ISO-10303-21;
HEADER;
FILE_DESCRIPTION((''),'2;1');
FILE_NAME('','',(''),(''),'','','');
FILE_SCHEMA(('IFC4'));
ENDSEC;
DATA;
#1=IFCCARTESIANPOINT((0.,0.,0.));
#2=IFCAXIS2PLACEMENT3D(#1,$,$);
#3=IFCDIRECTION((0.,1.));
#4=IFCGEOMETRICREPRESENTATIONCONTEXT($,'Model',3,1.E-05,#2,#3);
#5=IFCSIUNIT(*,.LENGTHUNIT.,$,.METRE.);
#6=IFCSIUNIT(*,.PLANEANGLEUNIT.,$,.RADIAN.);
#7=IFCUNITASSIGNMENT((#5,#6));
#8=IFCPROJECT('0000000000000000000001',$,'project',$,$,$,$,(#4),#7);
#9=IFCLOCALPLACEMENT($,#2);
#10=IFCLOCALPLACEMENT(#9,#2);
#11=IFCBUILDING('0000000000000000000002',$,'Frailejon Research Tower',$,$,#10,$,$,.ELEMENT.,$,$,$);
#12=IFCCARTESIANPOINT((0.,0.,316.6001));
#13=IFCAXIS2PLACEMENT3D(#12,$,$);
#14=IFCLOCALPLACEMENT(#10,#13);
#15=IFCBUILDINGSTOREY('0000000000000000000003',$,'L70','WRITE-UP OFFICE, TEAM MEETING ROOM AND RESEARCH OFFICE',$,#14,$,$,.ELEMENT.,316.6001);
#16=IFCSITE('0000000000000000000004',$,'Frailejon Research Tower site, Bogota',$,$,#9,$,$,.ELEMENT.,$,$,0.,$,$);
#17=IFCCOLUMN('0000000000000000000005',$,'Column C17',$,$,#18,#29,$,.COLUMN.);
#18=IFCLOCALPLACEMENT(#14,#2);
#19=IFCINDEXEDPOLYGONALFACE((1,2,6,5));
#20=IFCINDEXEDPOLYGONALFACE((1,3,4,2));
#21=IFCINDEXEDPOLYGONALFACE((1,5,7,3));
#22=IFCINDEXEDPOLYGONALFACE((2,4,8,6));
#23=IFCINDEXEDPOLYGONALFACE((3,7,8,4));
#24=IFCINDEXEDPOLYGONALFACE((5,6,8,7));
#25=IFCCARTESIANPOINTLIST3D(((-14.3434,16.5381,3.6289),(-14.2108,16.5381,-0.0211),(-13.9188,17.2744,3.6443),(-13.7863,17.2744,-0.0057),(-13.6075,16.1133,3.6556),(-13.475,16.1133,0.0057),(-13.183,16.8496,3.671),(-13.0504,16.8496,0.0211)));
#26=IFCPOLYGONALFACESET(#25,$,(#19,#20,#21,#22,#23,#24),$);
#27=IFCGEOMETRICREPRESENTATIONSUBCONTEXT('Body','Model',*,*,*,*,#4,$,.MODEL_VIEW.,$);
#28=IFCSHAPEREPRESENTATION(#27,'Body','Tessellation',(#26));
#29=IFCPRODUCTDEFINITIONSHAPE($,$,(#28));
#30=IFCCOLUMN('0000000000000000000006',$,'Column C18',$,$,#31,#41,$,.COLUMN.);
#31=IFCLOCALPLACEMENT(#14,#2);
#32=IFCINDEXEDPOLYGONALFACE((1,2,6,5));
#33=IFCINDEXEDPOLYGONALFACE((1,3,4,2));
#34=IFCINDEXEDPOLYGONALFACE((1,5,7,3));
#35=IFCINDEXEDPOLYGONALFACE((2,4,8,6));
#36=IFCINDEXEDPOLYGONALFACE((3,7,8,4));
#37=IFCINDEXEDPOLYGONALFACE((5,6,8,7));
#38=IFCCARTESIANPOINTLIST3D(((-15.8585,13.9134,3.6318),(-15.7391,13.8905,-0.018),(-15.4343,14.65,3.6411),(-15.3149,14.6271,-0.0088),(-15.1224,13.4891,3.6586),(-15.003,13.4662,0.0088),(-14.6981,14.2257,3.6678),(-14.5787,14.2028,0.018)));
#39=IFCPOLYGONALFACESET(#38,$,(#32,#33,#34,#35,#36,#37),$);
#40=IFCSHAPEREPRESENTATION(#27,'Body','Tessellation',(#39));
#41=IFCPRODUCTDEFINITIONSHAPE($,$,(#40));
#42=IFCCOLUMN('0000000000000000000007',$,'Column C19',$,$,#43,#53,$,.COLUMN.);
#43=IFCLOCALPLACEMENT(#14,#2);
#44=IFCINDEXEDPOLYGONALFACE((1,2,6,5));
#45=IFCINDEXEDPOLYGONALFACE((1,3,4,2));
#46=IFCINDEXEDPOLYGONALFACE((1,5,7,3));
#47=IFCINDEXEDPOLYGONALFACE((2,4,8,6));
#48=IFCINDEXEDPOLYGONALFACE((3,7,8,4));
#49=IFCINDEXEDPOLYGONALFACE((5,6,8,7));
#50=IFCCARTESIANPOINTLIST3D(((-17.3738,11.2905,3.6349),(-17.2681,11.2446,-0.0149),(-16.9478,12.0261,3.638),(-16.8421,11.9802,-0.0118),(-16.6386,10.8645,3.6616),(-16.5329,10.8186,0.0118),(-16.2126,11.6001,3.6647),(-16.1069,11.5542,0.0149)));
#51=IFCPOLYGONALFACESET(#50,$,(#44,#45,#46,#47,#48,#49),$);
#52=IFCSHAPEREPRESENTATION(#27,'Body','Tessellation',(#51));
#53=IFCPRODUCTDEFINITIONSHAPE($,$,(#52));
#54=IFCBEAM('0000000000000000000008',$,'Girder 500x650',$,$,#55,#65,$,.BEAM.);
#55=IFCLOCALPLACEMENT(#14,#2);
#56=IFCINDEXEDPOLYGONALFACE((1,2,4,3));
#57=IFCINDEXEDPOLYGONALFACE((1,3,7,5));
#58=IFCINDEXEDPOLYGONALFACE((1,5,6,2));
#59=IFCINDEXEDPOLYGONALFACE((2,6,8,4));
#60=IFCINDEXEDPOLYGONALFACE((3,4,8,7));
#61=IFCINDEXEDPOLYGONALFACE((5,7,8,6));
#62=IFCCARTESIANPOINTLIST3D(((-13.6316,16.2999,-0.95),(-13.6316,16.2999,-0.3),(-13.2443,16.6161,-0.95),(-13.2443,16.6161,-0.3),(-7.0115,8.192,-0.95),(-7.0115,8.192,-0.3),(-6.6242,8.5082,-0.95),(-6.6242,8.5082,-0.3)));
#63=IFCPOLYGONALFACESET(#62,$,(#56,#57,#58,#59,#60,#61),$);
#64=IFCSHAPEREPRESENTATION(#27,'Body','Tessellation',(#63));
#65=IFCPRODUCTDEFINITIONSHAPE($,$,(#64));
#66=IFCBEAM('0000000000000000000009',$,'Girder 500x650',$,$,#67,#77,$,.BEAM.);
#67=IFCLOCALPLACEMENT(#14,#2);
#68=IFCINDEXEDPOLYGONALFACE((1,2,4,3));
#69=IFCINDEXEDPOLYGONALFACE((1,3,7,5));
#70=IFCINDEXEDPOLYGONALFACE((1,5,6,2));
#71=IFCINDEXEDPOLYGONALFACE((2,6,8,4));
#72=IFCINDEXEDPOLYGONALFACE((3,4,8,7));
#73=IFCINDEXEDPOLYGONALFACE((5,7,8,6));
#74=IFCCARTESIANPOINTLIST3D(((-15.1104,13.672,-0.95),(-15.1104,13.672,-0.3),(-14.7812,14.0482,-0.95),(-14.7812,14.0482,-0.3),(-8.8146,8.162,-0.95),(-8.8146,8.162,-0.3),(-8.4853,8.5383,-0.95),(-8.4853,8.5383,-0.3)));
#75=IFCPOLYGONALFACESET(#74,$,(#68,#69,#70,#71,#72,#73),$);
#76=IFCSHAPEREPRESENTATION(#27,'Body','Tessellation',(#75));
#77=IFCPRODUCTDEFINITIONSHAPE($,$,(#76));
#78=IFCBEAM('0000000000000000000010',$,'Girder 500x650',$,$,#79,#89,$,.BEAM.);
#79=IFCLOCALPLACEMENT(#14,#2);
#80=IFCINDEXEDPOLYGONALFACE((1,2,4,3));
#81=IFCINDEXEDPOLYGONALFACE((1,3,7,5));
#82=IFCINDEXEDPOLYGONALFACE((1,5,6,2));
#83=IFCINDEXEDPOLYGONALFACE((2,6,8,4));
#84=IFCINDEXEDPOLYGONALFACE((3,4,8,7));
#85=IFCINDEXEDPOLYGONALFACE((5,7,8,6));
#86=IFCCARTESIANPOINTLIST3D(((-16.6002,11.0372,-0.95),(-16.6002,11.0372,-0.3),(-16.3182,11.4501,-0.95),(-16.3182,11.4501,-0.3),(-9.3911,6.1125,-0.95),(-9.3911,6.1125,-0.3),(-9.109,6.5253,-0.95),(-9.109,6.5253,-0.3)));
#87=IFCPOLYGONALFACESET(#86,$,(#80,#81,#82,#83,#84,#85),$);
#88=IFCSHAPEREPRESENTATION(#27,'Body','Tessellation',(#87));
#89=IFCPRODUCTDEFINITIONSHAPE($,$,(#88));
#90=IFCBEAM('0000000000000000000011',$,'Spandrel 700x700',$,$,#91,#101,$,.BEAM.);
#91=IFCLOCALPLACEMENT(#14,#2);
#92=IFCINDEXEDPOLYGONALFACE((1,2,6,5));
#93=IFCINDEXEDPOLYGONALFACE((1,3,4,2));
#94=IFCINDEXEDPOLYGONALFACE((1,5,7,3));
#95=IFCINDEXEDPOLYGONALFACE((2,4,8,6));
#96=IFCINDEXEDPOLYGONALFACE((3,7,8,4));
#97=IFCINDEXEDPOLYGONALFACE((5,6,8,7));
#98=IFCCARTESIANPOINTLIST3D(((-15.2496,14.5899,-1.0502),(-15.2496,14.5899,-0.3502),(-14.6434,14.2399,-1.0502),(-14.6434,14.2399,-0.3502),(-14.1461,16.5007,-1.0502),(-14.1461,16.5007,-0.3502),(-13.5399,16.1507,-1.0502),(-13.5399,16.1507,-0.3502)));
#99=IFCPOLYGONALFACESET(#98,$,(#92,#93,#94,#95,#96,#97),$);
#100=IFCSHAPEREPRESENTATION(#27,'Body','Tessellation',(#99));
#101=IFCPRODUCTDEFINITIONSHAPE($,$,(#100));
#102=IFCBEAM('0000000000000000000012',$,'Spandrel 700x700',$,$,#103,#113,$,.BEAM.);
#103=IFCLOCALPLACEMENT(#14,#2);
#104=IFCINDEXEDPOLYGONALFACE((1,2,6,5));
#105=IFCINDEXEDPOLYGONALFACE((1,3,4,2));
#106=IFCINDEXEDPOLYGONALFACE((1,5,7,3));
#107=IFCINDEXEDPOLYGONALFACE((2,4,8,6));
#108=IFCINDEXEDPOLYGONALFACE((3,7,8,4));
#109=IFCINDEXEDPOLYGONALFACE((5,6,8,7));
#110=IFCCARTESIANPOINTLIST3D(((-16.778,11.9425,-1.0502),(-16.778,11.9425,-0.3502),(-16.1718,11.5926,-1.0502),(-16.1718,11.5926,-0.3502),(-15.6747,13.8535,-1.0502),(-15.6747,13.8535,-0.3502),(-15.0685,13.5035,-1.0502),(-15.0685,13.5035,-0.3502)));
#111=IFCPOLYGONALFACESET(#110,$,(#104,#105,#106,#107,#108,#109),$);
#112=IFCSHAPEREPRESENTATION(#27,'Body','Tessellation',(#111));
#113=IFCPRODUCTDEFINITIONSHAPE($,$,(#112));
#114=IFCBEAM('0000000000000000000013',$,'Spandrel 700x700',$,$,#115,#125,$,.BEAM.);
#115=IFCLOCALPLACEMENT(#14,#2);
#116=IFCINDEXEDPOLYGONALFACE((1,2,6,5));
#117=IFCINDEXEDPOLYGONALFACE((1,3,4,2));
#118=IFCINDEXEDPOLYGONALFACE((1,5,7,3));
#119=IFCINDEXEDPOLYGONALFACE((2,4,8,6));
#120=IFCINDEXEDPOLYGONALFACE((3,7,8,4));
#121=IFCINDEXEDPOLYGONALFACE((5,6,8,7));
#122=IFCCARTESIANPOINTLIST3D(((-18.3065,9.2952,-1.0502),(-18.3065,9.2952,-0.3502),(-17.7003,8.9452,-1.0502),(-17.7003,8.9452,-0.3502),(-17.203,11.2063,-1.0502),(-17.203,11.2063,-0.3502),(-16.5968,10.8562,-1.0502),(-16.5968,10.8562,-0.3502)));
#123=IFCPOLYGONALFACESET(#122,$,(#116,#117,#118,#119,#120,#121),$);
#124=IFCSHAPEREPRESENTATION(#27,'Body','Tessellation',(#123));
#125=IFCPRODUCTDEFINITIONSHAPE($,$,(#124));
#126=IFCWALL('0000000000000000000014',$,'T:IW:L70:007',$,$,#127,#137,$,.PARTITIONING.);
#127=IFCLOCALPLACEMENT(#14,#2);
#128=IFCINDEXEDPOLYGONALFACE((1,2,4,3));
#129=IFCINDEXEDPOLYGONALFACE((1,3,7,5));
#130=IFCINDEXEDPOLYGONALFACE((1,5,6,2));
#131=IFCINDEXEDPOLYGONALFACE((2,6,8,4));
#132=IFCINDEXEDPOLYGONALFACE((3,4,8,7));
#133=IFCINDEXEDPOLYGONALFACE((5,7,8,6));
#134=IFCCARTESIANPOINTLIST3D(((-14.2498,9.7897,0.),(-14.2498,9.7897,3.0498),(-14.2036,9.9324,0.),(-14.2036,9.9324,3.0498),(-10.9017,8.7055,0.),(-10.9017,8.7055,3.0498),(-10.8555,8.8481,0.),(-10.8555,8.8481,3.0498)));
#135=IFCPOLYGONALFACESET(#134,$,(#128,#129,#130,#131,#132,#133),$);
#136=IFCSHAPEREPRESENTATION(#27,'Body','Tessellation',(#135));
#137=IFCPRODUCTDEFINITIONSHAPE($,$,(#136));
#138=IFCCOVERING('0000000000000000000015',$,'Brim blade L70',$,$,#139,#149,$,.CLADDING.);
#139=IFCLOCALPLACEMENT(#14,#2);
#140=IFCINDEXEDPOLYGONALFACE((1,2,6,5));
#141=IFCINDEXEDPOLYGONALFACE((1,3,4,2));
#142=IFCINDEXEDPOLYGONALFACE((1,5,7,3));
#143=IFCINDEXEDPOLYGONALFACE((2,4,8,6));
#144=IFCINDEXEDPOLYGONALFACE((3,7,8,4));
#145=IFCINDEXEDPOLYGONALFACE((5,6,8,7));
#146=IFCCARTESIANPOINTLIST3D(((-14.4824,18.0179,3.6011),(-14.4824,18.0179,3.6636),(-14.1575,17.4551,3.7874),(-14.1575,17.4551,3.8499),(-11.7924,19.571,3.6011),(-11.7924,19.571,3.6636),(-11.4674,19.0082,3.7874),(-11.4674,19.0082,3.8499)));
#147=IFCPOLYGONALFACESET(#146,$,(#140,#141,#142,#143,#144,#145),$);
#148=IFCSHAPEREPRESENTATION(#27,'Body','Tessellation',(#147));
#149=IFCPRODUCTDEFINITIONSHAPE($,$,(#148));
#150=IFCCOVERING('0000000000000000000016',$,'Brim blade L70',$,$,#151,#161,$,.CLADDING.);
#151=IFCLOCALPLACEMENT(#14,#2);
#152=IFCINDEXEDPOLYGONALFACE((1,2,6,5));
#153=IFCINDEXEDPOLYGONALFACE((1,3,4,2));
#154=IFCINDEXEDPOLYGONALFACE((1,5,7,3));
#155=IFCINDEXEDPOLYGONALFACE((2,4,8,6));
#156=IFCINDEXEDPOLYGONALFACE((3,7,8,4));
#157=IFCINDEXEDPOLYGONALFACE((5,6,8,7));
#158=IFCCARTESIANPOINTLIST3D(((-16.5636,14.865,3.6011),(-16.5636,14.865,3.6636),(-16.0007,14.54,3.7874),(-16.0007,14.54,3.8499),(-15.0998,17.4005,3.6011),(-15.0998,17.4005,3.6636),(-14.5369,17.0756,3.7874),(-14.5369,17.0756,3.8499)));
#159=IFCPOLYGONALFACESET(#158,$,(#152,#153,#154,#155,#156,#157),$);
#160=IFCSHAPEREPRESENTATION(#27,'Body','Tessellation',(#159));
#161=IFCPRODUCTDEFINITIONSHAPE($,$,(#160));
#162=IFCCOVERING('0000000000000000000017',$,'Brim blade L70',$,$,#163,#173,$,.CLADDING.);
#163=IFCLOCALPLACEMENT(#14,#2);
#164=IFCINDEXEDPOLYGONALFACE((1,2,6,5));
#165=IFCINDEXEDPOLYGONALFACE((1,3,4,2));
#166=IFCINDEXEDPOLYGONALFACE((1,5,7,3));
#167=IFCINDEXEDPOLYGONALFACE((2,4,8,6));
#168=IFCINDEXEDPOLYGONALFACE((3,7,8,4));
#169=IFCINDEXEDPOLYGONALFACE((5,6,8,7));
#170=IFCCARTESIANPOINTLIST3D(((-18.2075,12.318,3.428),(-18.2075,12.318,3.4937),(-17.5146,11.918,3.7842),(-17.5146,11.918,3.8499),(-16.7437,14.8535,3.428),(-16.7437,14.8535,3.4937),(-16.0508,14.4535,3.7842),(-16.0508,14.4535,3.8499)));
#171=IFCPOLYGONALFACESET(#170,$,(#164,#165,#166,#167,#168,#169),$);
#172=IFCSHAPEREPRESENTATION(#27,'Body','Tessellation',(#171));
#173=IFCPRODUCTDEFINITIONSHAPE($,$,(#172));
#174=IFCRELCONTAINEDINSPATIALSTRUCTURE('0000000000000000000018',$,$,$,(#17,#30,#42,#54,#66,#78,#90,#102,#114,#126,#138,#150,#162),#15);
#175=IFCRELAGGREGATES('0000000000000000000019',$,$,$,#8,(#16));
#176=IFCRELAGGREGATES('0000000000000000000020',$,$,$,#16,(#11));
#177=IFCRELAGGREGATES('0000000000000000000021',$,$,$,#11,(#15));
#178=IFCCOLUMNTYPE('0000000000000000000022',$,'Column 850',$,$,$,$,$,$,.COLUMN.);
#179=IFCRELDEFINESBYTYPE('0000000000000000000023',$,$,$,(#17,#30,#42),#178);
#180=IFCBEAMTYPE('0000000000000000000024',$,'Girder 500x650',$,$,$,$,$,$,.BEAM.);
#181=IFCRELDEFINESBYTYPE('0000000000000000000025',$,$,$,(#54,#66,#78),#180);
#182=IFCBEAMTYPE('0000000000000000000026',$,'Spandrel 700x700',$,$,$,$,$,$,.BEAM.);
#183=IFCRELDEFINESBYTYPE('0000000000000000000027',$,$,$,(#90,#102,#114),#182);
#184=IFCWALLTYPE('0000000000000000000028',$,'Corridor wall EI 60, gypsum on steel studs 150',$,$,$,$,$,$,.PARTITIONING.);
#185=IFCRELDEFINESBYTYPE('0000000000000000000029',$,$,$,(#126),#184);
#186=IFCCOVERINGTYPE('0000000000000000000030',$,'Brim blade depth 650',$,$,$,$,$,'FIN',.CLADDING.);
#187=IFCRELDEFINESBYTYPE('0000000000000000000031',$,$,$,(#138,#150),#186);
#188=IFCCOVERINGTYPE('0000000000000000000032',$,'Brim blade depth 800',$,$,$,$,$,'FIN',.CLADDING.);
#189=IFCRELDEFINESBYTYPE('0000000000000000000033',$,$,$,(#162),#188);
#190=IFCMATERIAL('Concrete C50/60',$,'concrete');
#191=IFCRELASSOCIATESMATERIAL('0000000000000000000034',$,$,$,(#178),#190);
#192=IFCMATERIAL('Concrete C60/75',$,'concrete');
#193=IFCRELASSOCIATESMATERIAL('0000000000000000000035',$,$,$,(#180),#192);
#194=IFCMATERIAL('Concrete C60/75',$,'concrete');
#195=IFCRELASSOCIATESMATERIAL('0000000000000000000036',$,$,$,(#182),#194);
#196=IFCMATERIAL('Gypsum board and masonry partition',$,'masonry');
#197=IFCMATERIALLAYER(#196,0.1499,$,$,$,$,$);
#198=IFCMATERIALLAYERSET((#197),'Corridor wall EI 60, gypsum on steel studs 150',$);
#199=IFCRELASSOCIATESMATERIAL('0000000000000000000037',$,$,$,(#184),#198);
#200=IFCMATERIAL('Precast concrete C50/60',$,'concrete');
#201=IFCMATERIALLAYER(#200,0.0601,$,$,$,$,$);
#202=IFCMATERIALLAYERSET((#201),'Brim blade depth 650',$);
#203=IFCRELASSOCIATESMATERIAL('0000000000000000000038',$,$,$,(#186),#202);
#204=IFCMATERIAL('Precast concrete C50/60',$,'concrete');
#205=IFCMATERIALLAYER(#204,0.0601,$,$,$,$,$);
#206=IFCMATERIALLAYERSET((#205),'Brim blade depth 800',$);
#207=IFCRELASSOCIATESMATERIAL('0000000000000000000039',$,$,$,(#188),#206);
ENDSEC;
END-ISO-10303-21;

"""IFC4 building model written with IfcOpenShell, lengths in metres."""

from ifc_helpers import new_model, si_unit, direction, frame, frame_2d, origin, origin_2d, place, context, subcontext, project, spatial, polyline, rectangle, outline, extrude, material, layer, layer_set, material_profile, profile_set, type_object, element, save


model = new_model("IFC4")

# Units and contexts
model_context = context("Model", 3, precision=1e-05, world=origin(), true_north=direction((0.0, 1.0)))
body_context = subcontext(model_context, "Body", "Model", "MODEL_VIEW")
ifc_project = project(units=[si_unit("LENGTHUNIT", "METRE"), si_unit("PLANEANGLEUNIT", "RADIAN")], contexts=[model_context])

# Site, building, storey
site_placement = place(None, origin())
site = spatial("IfcSite", under=ifc_project, at=site_placement, Name="Frailejon Research Tower site, Bogota", CompositionType="ELEMENT", RefElevation=0.0)
building_placement = place(site_placement, origin())
building = spatial("IfcBuilding", under=site, at=building_placement, Name="Frailejon Research Tower", CompositionType="ELEMENT")
storey_placement = place(building_placement, frame((0.0, 0.0, 316.6001)))
storey = spatial("IfcBuildingStorey", under=building, at=storey_placement, Name="L70", Description="WRITE-UP OFFICE, TEAM MEETING ROOM AND RESEARCH OFFICE", CompositionType="ELEMENT", Elevation=316.6001)

# Columns
ifc_material_1 = material(Name="Concrete C50/60", Category="concrete")
ifc_material_profile_1 = material_profile(ifc_material_1, rectangle(XDim=0.8501, YDim=0.8501, at=origin_2d()), Name="Column 850")
ifc_profile_set_1 = profile_set([ifc_material_profile_1], Name="Concrete C50/60")
column_type = type_object("IfcColumnType", Name="Column 850", PredefinedType="COLUMN", material=ifc_profile_set_1)
column_1_placement = place(storey_placement, frame((-13.6306, 16.6938, 0.0), z_axis=(-0.036297, 0.0, 0.999341), x_axis=(-0.499424, -0.866168, -0.01814)))
element("IfcColumn", 1, at=column_1_placement, inside=storey, type_object=column_type, Name="Column C17", PredefinedType="COLUMN", context=body_context, shape_type="SweptSolid", body=[
    extrude(rectangle(XDim=0.8501, YDim=0.8501, at=origin_2d()), origin(), (0.0, 0.0, 1.0), 3.6523),
])
column_2_placement = place(storey_placement, frame((-15.1589, 14.0466, 0.0), z_axis=(-0.032691, 0.006284, 0.999446), x_axis=(-0.499067, -0.866495, -0.010876)))
element("IfcColumn", 2, at=column_2_placement, inside=storey, type_object=column_type, Name="Column C18", PredefinedType="COLUMN", context=body_context, shape_type="SweptSolid", body=[
    extrude(rectangle(XDim=0.8501, YDim=0.8501, at=origin_2d()), origin(), (0.0, 0.0, 1.0), 3.6519),
])
column_3_placement = place(storey_placement, frame((-16.6875, 11.3994, 0.0), z_axis=(-0.028949, 0.012569, 0.999502), x_axis=(-0.501205, -0.865321, -0.003635)))
element("IfcColumn", 3, at=column_3_placement, inside=storey, type_object=column_type, Name="Column C19", PredefinedType="COLUMN", context=body_context, shape_type="SweptSolid", body=[
    extrude(rectangle(XDim=0.8501, YDim=0.8501, at=origin_2d()), origin(), (0.0, 0.0, 1.0), 3.6516),
])

# Beams
ifc_material_2 = material(Name="Concrete C60/75", Category="concrete")
ifc_material_profile_2 = material_profile(ifc_material_2, rectangle(XDim=0.5, YDim=0.6499, at=origin_2d()), Name="Girder 500x650")
ifc_profile_set_2 = profile_set([ifc_material_profile_2], Name="Concrete C60/75")
beam_type_1 = type_object("IfcBeamType", Name="Girder 500x650", PredefinedType="BEAM", material=ifc_profile_set_2)
beam_1_placement = place(storey_placement, frame((-13.438, 16.458, -0.625), z_axis=(0.632458, -0.774595, 0.0), x_axis=(0.774595, 0.632458, 0.0)))
element("IfcBeam", 4, at=beam_1_placement, inside=storey, type_object=beam_type_1, Name="Girder 500x650", PredefinedType="BEAM", context=body_context, shape_type="SweptSolid", body=[
    extrude(rectangle(XDim=0.5, YDim=0.6499, at=origin_2d()), origin(), (0.0, 0.0, 1.0), 10.4673),
])
beam_2_placement = place(storey_placement, frame((-14.9458, 13.8601, -0.625), z_axis=(0.752512, -0.658579, 0.0), x_axis=(0.658579, 0.752512, 0.0)))
element("IfcBeam", 5, at=beam_2_placement, inside=storey, type_object=beam_type_1, Name="Girder 500x650", PredefinedType="BEAM", context=body_context, shape_type="SweptSolid", body=[
    extrude(rectangle(XDim=0.5, YDim=0.6499, at=origin_2d()), origin(), (0.0, 0.0, 1.0), 8.3665),
])
beam_3_placement = place(storey_placement, frame((-16.4592, 11.2437, -0.625), z_axis=(0.825725, -0.564073, 0.0), x_axis=(0.564073, 0.825725, 0.0)))
element("IfcBeam", 6, at=beam_3_placement, inside=storey, type_object=beam_type_1, Name="Girder 500x650", PredefinedType="BEAM", context=body_context, shape_type="SweptSolid", body=[
    extrude(rectangle(XDim=0.5, YDim=0.6499, at=origin_2d()), origin(), (0.0, 0.0, 1.0), 8.7307),
])
ifc_material_3 = material(Name="Concrete C60/75", Category="concrete")
ifc_material_profile_3 = material_profile(ifc_material_3, rectangle(XDim=0.7, YDim=0.7, at=origin_2d()), Name="Spandrel 700x700")
ifc_profile_set_3 = profile_set([ifc_material_profile_3], Name="Concrete C60/75")
beam_type_2 = type_object("IfcBeamType", Name="Spandrel 700x700", PredefinedType="BEAM", material=ifc_profile_set_3)
for number, where, z_axis, x_axis, name in (
    (7, (-13.843, 16.3257, -0.7002), (-0.50009, -0.865974, 0.0), (0.865974, -0.50009, 0.0), "Spandrel 700x700"),
    (8, (-15.3716, 13.6785, -0.7002), (-0.500007, -0.866022, 0.0), (0.866022, -0.500007, 0.0), "Spandrel 700x700"),
):
    element("IfcBeam", number, at=place(storey_placement, frame(where, z_axis=z_axis, x_axis=x_axis)), inside=storey, type_object=beam_type_2, Name=name, PredefinedType="BEAM", context=body_context, shape_type="SweptSolid", body=[
        extrude(rectangle(XDim=0.7, YDim=0.7, at=origin_2d()), origin(), (0.0, 0.0, 1.0), 2.2065),
    ])
beam_4_placement = place(storey_placement, frame((-16.8999, 11.0312, -0.7002), z_axis=(-0.500042, -0.866001, 0.0), x_axis=(0.866001, -0.500042, 0.0)))
element("IfcBeam", 9, at=beam_4_placement, inside=storey, type_object=beam_type_2, Name="Spandrel 700x700", PredefinedType="BEAM", context=body_context, shape_type="SweptSolid", body=[
    extrude(rectangle(XDim=0.7, YDim=0.7, at=origin_2d()), origin(), (0.0, 0.0, 1.0), 2.2068),
])

# Wall
ifc_material_4 = material(Name="Gypsum board and masonry partition", Category="masonry")
ifc_layer_1 = layer(ifc_material_4, 0.1499)
ifc_layer_set_1 = layer_set([ifc_layer_1], Name="Corridor wall EI 60, gypsum on steel studs 150")
wall_type_1 = type_object("IfcWallType", Name="Corridor wall EI 60, gypsum on steel studs 150", PredefinedType="PARTITIONING", material=ifc_layer_set_1)
wall_1_placement = place(storey_placement, frame((-14.2268, 9.8611, 0.0), z_axis=(0.0, 0.0, 1.0), x_axis=(0.951361, -0.308079, 0.0)))
element("IfcWall", 10, at=wall_1_placement, inside=storey, type_object=wall_type_1, Name="T:IW:L70:007", PredefinedType="PARTITIONING", context=body_context, shape_type="SweptSolid", body=[
    extrude(rectangle(XDim=3.5193, YDim=0.1499, at=frame_2d((1.7598, 0.0))), origin(), (0.0, 0.0, 1.0), 3.0498),
])

# Coverings
ifc_material_5 = material(Name="Precast concrete C50/60", Category="concrete")
ifc_layer_2 = layer(ifc_material_5, 0.0601)
ifc_layer_set_2 = layer_set([ifc_layer_2], Name="Brim blade depth 650")
covering_type_1 = type_object("IfcCoveringType", Name="Brim blade depth 650", ElementType="FIN", PredefinedType="CLADDING", material=ifc_layer_set_2)
covering_1_placement = place(storey_placement, frame((-14.1575, 17.4551, 3.8499), z_axis=(0.866021, 0.500007, 0.0), x_axis=(-0.500007, 0.866021, 0.0)))
element("IfcCovering", 11, at=covering_1_placement, inside=storey, type_object=covering_type_1, Name="Brim blade L70", PredefinedType="CLADDING", context=body_context, shape_type="SweptSolid", body=[
    extrude(outline(polyline([(0.0, -0.0625), (0.6499, -0.2488), (0.6499, -0.1863), (0.0, 0.0), (0.0, -0.0625)])), origin(), (0.0, 0.0, 1.0), 3.1062),
])
covering_2_placement = place(storey_placement, frame((-16.0007, 14.54, 3.8499), z_axis=(0.499983, 0.866035, 0.0), x_axis=(-0.866035, 0.499983, 0.0)))
element("IfcCovering", 12, at=covering_2_placement, inside=storey, type_object=covering_type_1, Name="Brim blade L70", PredefinedType="CLADDING", context=body_context, shape_type="SweptSolid", body=[
    extrude(outline(polyline([(0.0, -0.0625), (0.6499, -0.2488), (0.6499, -0.1863), (0.0, 0.0), (0.0, -0.0625)])), origin(), (0.0, 0.0, 1.0), 2.9277),
])
ifc_material_6 = material(Name="Precast concrete C50/60", Category="concrete")
ifc_layer_3 = layer(ifc_material_6, 0.0601)
ifc_layer_set_3 = layer_set([ifc_layer_3], Name="Brim blade depth 800")
covering_type_2 = type_object("IfcCoveringType", Name="Brim blade depth 800", ElementType="FIN", PredefinedType="CLADDING", material=ifc_layer_set_3)
covering_3_placement = place(storey_placement, frame((-17.5146, 11.918, 3.8499), z_axis=(0.499993, 0.866029, 0.0), x_axis=(-0.866029, 0.499993, 0.0)))
element("IfcCovering", 13, at=covering_3_placement, inside=storey, type_object=covering_type_2, Name="Brim blade L70", PredefinedType="CLADDING", context=body_context, shape_type="SweptSolid", body=[
    extrude(outline(polyline([(0.0, -0.0657), (0.8, -0.4219), (0.8, -0.3562), (0.0, 0.0), (0.0, -0.0657)])), origin(), (0.0, 0.0, 1.0), 2.9277),
])

save(model, "model.ifc")
